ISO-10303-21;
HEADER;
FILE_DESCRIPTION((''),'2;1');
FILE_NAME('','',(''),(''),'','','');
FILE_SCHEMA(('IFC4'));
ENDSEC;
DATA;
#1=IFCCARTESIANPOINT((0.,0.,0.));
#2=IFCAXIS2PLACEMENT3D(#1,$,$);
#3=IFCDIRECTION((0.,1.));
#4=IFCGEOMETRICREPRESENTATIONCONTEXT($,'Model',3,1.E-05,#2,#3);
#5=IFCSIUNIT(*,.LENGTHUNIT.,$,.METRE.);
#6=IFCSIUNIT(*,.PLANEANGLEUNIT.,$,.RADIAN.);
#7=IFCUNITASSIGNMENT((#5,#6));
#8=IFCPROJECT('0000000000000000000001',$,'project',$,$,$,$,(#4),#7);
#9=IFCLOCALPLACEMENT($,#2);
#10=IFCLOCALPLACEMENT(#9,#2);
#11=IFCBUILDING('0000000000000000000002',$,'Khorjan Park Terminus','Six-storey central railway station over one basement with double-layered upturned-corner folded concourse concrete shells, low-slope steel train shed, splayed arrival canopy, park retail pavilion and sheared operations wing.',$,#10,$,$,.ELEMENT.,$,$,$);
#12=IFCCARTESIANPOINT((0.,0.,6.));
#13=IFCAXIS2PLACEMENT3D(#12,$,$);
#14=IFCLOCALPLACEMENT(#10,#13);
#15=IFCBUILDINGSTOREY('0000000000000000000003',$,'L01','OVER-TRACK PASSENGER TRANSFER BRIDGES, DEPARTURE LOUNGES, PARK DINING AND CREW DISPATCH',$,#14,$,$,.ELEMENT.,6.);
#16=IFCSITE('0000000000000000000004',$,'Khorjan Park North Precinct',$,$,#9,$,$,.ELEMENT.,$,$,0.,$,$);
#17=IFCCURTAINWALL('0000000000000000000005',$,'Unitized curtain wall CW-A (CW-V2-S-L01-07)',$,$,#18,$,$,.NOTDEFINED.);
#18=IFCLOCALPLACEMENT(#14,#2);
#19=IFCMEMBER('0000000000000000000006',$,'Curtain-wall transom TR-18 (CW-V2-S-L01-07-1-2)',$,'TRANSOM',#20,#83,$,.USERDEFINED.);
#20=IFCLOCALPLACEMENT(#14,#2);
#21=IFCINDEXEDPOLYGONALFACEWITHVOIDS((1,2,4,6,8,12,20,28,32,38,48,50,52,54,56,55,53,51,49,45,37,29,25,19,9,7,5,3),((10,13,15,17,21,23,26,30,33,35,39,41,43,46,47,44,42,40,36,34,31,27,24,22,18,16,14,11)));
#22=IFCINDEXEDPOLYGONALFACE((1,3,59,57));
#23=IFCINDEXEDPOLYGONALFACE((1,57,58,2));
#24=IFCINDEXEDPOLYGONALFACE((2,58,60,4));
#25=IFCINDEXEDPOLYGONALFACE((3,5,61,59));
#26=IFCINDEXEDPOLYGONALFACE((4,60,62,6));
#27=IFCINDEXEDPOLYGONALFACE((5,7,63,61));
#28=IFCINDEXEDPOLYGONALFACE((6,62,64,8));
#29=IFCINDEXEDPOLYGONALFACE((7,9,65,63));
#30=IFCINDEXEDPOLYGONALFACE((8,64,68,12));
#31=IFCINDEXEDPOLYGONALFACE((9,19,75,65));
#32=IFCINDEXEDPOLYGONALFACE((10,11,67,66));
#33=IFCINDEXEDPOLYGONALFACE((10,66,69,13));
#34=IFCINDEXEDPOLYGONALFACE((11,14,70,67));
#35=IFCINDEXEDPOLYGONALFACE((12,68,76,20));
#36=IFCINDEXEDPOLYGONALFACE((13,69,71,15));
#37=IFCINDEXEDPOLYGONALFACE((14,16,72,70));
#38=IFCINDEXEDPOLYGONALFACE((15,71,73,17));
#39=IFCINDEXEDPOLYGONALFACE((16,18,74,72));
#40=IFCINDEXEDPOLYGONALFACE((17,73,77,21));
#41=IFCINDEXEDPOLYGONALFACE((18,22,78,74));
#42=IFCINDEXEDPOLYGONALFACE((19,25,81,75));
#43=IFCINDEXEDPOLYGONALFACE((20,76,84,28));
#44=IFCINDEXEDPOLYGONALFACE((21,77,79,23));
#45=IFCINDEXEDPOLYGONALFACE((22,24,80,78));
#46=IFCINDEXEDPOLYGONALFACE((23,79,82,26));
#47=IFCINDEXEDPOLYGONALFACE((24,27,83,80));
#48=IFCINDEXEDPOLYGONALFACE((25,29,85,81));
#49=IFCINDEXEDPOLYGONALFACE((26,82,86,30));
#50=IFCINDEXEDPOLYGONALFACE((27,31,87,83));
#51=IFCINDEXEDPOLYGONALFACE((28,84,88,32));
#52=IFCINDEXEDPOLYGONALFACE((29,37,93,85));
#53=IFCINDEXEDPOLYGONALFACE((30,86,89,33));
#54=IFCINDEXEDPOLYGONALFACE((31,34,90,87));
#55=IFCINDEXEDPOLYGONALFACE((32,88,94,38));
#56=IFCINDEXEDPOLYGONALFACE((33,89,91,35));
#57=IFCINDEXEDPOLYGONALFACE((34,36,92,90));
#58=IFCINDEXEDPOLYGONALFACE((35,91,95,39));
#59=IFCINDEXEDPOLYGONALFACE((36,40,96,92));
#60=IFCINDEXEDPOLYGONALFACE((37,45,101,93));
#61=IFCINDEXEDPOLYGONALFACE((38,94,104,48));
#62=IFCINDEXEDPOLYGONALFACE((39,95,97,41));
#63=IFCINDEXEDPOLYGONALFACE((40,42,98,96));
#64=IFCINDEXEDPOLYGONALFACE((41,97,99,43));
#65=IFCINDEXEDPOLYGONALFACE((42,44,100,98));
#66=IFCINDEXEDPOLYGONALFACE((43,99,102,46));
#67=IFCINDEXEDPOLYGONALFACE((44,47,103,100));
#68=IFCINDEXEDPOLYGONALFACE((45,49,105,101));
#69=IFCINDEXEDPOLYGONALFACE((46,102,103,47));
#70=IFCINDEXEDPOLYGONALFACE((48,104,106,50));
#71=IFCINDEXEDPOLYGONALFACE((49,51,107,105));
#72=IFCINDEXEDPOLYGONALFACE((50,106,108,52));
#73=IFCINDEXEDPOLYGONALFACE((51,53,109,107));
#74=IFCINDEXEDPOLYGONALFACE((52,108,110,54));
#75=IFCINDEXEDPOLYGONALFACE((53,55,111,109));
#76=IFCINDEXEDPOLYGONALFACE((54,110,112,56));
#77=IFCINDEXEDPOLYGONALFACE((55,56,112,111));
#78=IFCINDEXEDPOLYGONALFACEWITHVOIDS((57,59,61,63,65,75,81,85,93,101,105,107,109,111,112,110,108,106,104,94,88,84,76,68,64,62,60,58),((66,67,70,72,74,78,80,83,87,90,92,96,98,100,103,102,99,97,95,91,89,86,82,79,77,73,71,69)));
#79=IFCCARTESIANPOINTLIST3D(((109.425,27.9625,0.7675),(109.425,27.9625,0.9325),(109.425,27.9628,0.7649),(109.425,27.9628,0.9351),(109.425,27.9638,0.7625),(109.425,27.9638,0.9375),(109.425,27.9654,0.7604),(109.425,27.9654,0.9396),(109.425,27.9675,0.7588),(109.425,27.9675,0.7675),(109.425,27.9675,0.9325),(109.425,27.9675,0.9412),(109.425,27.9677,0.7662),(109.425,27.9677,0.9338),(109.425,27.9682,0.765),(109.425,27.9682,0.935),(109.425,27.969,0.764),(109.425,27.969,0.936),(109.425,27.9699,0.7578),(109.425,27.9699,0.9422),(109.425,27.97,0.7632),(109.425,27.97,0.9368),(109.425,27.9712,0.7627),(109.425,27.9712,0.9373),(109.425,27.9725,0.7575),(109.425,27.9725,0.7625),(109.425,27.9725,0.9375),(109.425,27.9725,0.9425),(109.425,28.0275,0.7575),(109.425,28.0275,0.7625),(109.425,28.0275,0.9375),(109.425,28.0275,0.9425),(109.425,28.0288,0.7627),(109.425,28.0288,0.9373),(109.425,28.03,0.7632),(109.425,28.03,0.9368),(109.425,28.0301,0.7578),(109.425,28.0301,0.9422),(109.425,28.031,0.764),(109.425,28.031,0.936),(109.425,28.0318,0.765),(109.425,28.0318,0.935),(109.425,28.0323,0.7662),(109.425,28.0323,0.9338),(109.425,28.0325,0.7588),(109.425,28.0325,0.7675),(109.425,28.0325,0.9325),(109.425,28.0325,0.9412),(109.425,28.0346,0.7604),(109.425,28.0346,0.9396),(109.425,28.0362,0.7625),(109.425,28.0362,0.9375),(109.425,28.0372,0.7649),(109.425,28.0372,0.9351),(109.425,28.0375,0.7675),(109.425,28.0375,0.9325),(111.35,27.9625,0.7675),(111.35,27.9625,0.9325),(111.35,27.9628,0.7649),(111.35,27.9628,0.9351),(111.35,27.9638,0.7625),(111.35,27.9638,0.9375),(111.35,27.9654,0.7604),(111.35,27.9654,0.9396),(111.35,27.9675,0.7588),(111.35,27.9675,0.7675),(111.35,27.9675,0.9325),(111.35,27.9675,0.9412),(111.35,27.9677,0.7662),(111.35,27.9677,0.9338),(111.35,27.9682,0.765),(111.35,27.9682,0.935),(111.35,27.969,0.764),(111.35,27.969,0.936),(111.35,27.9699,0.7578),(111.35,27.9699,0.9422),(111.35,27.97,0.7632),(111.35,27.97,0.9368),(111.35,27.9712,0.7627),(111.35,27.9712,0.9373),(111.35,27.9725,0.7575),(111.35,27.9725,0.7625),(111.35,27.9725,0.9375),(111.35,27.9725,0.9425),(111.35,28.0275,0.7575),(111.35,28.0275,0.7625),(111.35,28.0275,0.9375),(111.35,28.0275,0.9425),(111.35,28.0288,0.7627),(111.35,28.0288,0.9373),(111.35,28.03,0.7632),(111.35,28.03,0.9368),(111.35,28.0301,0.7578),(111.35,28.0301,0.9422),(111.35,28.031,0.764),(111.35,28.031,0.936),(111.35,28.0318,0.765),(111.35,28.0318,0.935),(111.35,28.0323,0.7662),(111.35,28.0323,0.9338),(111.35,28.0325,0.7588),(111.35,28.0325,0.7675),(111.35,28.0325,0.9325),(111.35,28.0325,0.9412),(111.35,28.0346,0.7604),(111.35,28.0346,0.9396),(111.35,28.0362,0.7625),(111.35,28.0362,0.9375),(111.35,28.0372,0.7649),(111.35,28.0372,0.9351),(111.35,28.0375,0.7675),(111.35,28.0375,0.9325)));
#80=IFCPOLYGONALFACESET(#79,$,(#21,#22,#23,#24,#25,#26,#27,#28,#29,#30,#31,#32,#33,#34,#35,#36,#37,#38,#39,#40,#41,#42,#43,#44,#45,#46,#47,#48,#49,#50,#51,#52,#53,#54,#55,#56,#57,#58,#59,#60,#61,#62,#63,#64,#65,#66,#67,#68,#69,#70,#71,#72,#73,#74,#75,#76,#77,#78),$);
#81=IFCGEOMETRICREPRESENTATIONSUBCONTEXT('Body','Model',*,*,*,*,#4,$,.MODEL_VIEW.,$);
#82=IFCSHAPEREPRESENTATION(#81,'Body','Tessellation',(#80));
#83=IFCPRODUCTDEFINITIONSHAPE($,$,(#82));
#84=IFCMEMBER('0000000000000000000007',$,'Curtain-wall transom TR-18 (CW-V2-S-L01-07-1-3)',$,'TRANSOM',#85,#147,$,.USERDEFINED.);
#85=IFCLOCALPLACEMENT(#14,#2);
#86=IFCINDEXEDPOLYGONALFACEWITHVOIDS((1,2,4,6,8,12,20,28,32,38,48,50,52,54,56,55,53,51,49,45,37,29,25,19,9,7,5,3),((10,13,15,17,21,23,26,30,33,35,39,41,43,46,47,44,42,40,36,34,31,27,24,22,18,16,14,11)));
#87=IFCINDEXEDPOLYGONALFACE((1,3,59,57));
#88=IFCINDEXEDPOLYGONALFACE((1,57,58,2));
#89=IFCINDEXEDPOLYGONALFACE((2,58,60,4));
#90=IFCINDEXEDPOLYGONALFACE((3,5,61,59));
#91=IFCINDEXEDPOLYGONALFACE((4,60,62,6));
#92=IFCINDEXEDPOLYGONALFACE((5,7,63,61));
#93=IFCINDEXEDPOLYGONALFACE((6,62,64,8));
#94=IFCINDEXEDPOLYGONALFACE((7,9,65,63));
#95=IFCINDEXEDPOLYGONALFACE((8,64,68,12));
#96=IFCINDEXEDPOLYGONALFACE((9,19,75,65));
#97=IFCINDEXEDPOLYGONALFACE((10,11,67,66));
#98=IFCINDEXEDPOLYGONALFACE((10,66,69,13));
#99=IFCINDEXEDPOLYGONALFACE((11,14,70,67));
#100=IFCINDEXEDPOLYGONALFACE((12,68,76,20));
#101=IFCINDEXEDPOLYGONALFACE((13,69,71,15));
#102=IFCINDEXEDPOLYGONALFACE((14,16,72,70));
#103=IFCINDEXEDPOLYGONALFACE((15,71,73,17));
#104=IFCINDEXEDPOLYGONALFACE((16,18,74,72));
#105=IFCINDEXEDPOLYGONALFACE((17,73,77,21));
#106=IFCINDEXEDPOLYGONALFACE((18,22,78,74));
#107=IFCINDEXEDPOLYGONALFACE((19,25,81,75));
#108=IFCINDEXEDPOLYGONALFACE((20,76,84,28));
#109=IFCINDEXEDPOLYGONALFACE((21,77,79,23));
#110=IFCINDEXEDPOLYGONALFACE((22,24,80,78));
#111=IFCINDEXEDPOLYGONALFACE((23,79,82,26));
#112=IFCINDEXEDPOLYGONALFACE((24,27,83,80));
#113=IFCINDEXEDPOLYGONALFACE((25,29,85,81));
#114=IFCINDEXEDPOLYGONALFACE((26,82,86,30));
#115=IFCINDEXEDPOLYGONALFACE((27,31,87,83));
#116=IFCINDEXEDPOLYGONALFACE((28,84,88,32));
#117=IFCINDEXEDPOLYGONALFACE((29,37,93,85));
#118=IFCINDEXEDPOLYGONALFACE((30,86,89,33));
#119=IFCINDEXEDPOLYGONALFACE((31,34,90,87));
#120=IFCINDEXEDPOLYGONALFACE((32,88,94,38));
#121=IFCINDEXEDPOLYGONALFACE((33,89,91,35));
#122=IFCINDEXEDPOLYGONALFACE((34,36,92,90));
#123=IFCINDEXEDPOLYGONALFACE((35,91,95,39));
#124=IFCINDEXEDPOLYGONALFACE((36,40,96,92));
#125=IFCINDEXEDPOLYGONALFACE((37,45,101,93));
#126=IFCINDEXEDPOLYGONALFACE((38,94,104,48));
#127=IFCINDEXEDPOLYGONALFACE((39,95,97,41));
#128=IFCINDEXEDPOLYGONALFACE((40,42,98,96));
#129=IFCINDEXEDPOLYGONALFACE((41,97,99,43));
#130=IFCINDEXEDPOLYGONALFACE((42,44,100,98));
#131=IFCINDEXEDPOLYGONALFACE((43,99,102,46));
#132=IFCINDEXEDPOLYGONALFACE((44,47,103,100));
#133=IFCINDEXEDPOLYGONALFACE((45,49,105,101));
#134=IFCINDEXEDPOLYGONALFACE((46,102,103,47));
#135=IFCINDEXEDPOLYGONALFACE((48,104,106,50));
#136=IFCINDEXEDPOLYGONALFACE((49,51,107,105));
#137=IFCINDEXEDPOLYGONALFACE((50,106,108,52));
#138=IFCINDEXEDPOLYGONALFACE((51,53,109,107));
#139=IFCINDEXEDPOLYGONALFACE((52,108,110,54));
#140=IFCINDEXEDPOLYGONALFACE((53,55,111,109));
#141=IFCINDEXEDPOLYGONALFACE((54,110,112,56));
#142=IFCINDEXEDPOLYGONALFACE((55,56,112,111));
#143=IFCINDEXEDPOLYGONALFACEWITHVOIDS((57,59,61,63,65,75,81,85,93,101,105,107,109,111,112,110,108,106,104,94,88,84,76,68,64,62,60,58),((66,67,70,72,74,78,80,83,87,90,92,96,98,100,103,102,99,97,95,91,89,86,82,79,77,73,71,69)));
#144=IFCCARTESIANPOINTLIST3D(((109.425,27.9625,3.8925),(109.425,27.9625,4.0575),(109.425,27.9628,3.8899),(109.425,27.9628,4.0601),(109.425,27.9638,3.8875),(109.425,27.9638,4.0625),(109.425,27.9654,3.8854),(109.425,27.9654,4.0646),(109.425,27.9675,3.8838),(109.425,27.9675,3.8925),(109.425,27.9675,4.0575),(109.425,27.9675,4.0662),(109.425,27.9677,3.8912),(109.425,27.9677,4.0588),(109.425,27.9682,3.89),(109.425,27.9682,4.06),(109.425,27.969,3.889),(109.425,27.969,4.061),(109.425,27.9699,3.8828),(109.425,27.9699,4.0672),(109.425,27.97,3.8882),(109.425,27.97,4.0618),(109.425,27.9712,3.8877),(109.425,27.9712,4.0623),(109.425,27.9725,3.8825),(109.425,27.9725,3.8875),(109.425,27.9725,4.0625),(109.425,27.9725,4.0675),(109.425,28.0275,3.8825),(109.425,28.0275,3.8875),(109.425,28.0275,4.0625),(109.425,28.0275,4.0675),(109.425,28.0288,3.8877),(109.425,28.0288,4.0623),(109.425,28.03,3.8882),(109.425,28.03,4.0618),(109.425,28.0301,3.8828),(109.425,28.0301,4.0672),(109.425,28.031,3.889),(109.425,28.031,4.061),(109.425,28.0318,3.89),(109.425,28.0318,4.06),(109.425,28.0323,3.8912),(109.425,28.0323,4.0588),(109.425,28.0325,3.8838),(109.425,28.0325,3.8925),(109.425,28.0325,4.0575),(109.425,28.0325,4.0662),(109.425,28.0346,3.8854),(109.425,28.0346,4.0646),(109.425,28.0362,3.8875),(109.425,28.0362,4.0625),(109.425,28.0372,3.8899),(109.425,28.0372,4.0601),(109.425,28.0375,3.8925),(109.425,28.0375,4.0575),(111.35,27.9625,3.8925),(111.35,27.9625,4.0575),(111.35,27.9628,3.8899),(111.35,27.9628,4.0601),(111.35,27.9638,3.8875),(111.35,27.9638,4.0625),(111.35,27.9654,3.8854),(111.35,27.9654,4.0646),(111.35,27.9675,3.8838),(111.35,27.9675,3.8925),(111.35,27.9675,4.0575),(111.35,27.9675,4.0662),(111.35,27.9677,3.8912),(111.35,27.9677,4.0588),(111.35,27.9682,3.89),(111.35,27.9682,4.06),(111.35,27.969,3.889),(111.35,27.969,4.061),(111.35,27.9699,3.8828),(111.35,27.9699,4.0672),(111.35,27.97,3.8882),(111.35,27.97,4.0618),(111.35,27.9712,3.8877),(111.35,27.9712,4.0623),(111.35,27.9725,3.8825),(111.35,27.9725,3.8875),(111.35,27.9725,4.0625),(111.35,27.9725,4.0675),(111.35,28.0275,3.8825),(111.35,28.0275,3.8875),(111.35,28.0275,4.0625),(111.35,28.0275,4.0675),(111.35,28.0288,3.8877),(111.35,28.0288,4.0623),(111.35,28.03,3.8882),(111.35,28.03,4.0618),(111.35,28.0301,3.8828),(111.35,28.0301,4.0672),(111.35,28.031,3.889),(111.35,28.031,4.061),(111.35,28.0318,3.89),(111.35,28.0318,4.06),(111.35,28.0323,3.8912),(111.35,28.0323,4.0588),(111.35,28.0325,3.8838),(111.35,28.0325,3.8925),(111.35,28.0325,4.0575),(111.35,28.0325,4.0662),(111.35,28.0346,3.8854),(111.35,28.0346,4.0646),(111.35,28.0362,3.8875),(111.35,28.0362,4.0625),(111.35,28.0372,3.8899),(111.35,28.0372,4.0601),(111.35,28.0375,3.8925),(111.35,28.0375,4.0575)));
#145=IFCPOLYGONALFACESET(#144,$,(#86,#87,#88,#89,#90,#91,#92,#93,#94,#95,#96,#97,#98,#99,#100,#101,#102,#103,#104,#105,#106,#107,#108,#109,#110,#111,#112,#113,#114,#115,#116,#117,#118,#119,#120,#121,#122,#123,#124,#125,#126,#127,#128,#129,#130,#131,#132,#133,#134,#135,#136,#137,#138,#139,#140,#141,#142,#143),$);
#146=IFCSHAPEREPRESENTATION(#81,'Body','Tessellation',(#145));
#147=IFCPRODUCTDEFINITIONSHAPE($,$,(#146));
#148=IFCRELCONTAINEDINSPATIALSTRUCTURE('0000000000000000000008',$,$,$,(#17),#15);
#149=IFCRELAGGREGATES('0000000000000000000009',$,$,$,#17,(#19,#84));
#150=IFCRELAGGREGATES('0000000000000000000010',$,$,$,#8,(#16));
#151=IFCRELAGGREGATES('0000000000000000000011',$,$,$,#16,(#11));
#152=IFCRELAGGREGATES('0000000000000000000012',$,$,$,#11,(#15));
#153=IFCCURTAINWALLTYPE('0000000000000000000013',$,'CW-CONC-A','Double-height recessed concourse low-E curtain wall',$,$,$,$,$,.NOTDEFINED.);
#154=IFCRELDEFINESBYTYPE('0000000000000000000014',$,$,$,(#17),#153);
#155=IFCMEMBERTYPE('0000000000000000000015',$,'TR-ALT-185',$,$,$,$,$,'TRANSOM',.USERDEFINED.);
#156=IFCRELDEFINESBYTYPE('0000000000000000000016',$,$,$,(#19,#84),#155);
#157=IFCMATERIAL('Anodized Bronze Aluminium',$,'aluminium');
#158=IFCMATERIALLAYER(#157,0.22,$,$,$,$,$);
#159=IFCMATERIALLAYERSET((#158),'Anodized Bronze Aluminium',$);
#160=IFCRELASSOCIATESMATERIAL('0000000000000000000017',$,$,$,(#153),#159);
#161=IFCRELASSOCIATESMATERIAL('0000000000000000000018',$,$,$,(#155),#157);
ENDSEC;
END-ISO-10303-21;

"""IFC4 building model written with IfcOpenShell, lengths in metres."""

from ifc_helpers import new_model, si_unit, direction, frame, origin, origin_2d, place, context, subcontext, project, spatial, hollow_rectangle, extrude, material, layer, layer_set, material_profile, profile_set, type_object, element, aggregate, save


model = new_model("IFC4")

# Units and contexts
model_context = context("Model", 3, precision=1e-05, world=origin(), true_north=direction((0.0, 1.0)))
body_context = subcontext(model_context, "Body", "Model", "MODEL_VIEW")
ifc_project = project(units=[si_unit("LENGTHUNIT", "METRE"), si_unit("PLANEANGLEUNIT", "RADIAN")], contexts=[model_context])

# Site, building, storey
site_placement = place(None, origin())
site = spatial("IfcSite", under=ifc_project, at=site_placement, Name="Khorjan Park North Precinct", CompositionType="ELEMENT", RefElevation=0.0)
building_placement = place(site_placement, origin())
building = spatial("IfcBuilding", under=site, at=building_placement, Name="Khorjan Park Terminus", Description="Six-storey central railway station over one basement with double-layered upturned-corner folded concourse concrete shells, low-slope steel train shed, splayed arrival canopy, park retail pavilion and sheared operations wing.", CompositionType="ELEMENT")
storey_placement = place(building_placement, frame((0.0, 0.0, 6.0)))
storey = spatial("IfcBuildingStorey", under=building, at=storey_placement, Name="L01", Description="OVER-TRACK PASSENGER TRANSFER BRIDGES, DEPARTURE LOUNGES, PARK DINING AND CREW DISPATCH", CompositionType="ELEMENT", Elevation=6.0)

# Curtain wall, members
ifc_material_1 = material(Name="Anodized Bronze Aluminium", Category="aluminium")
ifc_layer_1 = layer(ifc_material_1, 0.22)
ifc_layer_set_1 = layer_set([ifc_layer_1], Name="Anodized Bronze Aluminium")
curtain_wall_type = type_object("IfcCurtainWallType", Name="CW-CONC-A", Description="Double-height recessed concourse low-E curtain wall", PredefinedType="NOTDEFINED", material=ifc_layer_set_1)
curtain_wall_placement = place(storey_placement, origin())
curtain_wall = element("IfcCurtainWall", 1, at=curtain_wall_placement, inside=storey, type_object=curtain_wall_type, Name="Unitized curtain wall CW-A (CW-V2-S-L01-07)", PredefinedType="NOTDEFINED")
ifc_material_profile_1 = material_profile(ifc_material_1, hollow_rectangle(XDim=0.075, YDim=0.185, WallThickness=0.005, InnerFilletRadius=0.005, OuterFilletRadius=0.01, at=origin_2d()), Name="ALT 75x185x5")
ifc_profile_set_1 = profile_set([ifc_material_profile_1], Name="Anodized Bronze Aluminium")
member_type_1 = type_object("IfcMemberType", Name="TR-ALT-185", ElementType="TRANSOM", PredefinedType="USERDEFINED", material=ifc_profile_set_1)
member_1_placement = place(storey_placement, frame((109.425, 28.0, 0.85), z_axis=(1.0, 0.0, 0.0), x_axis=(0.0, 1.0, 0.0)))
member_1 = element("IfcMember", 2, at=member_1_placement, type_object=member_type_1, Name="Curtain-wall transom TR-18 (CW-V2-S-L01-07-1-2)", ObjectType="TRANSOM", PredefinedType="USERDEFINED", context=body_context, shape_type="SweptSolid", body=[
    extrude(hollow_rectangle(XDim=0.075, YDim=0.185, WallThickness=0.005, InnerFilletRadius=0.005, OuterFilletRadius=0.01, at=origin_2d()), origin(), (0.0, 0.0, 1.0), 1.925),
])
member_2_placement = place(storey_placement, frame((109.425, 28.0, 3.975), z_axis=(1.0, 0.0, 0.0), x_axis=(0.0, 1.0, 0.0)))
member_2 = element("IfcMember", 3, at=member_2_placement, type_object=member_type_1, Name="Curtain-wall transom TR-18 (CW-V2-S-L01-07-1-3)", ObjectType="TRANSOM", PredefinedType="USERDEFINED", context=body_context, shape_type="SweptSolid", body=[
    extrude(hollow_rectangle(XDim=0.075, YDim=0.185, WallThickness=0.005, InnerFilletRadius=0.005, OuterFilletRadius=0.01, at=origin_2d()), origin(), (0.0, 0.0, 1.0), 1.925),
])
aggregate(curtain_wall, [member_1, member_2])

save(model, "model.ifc")
